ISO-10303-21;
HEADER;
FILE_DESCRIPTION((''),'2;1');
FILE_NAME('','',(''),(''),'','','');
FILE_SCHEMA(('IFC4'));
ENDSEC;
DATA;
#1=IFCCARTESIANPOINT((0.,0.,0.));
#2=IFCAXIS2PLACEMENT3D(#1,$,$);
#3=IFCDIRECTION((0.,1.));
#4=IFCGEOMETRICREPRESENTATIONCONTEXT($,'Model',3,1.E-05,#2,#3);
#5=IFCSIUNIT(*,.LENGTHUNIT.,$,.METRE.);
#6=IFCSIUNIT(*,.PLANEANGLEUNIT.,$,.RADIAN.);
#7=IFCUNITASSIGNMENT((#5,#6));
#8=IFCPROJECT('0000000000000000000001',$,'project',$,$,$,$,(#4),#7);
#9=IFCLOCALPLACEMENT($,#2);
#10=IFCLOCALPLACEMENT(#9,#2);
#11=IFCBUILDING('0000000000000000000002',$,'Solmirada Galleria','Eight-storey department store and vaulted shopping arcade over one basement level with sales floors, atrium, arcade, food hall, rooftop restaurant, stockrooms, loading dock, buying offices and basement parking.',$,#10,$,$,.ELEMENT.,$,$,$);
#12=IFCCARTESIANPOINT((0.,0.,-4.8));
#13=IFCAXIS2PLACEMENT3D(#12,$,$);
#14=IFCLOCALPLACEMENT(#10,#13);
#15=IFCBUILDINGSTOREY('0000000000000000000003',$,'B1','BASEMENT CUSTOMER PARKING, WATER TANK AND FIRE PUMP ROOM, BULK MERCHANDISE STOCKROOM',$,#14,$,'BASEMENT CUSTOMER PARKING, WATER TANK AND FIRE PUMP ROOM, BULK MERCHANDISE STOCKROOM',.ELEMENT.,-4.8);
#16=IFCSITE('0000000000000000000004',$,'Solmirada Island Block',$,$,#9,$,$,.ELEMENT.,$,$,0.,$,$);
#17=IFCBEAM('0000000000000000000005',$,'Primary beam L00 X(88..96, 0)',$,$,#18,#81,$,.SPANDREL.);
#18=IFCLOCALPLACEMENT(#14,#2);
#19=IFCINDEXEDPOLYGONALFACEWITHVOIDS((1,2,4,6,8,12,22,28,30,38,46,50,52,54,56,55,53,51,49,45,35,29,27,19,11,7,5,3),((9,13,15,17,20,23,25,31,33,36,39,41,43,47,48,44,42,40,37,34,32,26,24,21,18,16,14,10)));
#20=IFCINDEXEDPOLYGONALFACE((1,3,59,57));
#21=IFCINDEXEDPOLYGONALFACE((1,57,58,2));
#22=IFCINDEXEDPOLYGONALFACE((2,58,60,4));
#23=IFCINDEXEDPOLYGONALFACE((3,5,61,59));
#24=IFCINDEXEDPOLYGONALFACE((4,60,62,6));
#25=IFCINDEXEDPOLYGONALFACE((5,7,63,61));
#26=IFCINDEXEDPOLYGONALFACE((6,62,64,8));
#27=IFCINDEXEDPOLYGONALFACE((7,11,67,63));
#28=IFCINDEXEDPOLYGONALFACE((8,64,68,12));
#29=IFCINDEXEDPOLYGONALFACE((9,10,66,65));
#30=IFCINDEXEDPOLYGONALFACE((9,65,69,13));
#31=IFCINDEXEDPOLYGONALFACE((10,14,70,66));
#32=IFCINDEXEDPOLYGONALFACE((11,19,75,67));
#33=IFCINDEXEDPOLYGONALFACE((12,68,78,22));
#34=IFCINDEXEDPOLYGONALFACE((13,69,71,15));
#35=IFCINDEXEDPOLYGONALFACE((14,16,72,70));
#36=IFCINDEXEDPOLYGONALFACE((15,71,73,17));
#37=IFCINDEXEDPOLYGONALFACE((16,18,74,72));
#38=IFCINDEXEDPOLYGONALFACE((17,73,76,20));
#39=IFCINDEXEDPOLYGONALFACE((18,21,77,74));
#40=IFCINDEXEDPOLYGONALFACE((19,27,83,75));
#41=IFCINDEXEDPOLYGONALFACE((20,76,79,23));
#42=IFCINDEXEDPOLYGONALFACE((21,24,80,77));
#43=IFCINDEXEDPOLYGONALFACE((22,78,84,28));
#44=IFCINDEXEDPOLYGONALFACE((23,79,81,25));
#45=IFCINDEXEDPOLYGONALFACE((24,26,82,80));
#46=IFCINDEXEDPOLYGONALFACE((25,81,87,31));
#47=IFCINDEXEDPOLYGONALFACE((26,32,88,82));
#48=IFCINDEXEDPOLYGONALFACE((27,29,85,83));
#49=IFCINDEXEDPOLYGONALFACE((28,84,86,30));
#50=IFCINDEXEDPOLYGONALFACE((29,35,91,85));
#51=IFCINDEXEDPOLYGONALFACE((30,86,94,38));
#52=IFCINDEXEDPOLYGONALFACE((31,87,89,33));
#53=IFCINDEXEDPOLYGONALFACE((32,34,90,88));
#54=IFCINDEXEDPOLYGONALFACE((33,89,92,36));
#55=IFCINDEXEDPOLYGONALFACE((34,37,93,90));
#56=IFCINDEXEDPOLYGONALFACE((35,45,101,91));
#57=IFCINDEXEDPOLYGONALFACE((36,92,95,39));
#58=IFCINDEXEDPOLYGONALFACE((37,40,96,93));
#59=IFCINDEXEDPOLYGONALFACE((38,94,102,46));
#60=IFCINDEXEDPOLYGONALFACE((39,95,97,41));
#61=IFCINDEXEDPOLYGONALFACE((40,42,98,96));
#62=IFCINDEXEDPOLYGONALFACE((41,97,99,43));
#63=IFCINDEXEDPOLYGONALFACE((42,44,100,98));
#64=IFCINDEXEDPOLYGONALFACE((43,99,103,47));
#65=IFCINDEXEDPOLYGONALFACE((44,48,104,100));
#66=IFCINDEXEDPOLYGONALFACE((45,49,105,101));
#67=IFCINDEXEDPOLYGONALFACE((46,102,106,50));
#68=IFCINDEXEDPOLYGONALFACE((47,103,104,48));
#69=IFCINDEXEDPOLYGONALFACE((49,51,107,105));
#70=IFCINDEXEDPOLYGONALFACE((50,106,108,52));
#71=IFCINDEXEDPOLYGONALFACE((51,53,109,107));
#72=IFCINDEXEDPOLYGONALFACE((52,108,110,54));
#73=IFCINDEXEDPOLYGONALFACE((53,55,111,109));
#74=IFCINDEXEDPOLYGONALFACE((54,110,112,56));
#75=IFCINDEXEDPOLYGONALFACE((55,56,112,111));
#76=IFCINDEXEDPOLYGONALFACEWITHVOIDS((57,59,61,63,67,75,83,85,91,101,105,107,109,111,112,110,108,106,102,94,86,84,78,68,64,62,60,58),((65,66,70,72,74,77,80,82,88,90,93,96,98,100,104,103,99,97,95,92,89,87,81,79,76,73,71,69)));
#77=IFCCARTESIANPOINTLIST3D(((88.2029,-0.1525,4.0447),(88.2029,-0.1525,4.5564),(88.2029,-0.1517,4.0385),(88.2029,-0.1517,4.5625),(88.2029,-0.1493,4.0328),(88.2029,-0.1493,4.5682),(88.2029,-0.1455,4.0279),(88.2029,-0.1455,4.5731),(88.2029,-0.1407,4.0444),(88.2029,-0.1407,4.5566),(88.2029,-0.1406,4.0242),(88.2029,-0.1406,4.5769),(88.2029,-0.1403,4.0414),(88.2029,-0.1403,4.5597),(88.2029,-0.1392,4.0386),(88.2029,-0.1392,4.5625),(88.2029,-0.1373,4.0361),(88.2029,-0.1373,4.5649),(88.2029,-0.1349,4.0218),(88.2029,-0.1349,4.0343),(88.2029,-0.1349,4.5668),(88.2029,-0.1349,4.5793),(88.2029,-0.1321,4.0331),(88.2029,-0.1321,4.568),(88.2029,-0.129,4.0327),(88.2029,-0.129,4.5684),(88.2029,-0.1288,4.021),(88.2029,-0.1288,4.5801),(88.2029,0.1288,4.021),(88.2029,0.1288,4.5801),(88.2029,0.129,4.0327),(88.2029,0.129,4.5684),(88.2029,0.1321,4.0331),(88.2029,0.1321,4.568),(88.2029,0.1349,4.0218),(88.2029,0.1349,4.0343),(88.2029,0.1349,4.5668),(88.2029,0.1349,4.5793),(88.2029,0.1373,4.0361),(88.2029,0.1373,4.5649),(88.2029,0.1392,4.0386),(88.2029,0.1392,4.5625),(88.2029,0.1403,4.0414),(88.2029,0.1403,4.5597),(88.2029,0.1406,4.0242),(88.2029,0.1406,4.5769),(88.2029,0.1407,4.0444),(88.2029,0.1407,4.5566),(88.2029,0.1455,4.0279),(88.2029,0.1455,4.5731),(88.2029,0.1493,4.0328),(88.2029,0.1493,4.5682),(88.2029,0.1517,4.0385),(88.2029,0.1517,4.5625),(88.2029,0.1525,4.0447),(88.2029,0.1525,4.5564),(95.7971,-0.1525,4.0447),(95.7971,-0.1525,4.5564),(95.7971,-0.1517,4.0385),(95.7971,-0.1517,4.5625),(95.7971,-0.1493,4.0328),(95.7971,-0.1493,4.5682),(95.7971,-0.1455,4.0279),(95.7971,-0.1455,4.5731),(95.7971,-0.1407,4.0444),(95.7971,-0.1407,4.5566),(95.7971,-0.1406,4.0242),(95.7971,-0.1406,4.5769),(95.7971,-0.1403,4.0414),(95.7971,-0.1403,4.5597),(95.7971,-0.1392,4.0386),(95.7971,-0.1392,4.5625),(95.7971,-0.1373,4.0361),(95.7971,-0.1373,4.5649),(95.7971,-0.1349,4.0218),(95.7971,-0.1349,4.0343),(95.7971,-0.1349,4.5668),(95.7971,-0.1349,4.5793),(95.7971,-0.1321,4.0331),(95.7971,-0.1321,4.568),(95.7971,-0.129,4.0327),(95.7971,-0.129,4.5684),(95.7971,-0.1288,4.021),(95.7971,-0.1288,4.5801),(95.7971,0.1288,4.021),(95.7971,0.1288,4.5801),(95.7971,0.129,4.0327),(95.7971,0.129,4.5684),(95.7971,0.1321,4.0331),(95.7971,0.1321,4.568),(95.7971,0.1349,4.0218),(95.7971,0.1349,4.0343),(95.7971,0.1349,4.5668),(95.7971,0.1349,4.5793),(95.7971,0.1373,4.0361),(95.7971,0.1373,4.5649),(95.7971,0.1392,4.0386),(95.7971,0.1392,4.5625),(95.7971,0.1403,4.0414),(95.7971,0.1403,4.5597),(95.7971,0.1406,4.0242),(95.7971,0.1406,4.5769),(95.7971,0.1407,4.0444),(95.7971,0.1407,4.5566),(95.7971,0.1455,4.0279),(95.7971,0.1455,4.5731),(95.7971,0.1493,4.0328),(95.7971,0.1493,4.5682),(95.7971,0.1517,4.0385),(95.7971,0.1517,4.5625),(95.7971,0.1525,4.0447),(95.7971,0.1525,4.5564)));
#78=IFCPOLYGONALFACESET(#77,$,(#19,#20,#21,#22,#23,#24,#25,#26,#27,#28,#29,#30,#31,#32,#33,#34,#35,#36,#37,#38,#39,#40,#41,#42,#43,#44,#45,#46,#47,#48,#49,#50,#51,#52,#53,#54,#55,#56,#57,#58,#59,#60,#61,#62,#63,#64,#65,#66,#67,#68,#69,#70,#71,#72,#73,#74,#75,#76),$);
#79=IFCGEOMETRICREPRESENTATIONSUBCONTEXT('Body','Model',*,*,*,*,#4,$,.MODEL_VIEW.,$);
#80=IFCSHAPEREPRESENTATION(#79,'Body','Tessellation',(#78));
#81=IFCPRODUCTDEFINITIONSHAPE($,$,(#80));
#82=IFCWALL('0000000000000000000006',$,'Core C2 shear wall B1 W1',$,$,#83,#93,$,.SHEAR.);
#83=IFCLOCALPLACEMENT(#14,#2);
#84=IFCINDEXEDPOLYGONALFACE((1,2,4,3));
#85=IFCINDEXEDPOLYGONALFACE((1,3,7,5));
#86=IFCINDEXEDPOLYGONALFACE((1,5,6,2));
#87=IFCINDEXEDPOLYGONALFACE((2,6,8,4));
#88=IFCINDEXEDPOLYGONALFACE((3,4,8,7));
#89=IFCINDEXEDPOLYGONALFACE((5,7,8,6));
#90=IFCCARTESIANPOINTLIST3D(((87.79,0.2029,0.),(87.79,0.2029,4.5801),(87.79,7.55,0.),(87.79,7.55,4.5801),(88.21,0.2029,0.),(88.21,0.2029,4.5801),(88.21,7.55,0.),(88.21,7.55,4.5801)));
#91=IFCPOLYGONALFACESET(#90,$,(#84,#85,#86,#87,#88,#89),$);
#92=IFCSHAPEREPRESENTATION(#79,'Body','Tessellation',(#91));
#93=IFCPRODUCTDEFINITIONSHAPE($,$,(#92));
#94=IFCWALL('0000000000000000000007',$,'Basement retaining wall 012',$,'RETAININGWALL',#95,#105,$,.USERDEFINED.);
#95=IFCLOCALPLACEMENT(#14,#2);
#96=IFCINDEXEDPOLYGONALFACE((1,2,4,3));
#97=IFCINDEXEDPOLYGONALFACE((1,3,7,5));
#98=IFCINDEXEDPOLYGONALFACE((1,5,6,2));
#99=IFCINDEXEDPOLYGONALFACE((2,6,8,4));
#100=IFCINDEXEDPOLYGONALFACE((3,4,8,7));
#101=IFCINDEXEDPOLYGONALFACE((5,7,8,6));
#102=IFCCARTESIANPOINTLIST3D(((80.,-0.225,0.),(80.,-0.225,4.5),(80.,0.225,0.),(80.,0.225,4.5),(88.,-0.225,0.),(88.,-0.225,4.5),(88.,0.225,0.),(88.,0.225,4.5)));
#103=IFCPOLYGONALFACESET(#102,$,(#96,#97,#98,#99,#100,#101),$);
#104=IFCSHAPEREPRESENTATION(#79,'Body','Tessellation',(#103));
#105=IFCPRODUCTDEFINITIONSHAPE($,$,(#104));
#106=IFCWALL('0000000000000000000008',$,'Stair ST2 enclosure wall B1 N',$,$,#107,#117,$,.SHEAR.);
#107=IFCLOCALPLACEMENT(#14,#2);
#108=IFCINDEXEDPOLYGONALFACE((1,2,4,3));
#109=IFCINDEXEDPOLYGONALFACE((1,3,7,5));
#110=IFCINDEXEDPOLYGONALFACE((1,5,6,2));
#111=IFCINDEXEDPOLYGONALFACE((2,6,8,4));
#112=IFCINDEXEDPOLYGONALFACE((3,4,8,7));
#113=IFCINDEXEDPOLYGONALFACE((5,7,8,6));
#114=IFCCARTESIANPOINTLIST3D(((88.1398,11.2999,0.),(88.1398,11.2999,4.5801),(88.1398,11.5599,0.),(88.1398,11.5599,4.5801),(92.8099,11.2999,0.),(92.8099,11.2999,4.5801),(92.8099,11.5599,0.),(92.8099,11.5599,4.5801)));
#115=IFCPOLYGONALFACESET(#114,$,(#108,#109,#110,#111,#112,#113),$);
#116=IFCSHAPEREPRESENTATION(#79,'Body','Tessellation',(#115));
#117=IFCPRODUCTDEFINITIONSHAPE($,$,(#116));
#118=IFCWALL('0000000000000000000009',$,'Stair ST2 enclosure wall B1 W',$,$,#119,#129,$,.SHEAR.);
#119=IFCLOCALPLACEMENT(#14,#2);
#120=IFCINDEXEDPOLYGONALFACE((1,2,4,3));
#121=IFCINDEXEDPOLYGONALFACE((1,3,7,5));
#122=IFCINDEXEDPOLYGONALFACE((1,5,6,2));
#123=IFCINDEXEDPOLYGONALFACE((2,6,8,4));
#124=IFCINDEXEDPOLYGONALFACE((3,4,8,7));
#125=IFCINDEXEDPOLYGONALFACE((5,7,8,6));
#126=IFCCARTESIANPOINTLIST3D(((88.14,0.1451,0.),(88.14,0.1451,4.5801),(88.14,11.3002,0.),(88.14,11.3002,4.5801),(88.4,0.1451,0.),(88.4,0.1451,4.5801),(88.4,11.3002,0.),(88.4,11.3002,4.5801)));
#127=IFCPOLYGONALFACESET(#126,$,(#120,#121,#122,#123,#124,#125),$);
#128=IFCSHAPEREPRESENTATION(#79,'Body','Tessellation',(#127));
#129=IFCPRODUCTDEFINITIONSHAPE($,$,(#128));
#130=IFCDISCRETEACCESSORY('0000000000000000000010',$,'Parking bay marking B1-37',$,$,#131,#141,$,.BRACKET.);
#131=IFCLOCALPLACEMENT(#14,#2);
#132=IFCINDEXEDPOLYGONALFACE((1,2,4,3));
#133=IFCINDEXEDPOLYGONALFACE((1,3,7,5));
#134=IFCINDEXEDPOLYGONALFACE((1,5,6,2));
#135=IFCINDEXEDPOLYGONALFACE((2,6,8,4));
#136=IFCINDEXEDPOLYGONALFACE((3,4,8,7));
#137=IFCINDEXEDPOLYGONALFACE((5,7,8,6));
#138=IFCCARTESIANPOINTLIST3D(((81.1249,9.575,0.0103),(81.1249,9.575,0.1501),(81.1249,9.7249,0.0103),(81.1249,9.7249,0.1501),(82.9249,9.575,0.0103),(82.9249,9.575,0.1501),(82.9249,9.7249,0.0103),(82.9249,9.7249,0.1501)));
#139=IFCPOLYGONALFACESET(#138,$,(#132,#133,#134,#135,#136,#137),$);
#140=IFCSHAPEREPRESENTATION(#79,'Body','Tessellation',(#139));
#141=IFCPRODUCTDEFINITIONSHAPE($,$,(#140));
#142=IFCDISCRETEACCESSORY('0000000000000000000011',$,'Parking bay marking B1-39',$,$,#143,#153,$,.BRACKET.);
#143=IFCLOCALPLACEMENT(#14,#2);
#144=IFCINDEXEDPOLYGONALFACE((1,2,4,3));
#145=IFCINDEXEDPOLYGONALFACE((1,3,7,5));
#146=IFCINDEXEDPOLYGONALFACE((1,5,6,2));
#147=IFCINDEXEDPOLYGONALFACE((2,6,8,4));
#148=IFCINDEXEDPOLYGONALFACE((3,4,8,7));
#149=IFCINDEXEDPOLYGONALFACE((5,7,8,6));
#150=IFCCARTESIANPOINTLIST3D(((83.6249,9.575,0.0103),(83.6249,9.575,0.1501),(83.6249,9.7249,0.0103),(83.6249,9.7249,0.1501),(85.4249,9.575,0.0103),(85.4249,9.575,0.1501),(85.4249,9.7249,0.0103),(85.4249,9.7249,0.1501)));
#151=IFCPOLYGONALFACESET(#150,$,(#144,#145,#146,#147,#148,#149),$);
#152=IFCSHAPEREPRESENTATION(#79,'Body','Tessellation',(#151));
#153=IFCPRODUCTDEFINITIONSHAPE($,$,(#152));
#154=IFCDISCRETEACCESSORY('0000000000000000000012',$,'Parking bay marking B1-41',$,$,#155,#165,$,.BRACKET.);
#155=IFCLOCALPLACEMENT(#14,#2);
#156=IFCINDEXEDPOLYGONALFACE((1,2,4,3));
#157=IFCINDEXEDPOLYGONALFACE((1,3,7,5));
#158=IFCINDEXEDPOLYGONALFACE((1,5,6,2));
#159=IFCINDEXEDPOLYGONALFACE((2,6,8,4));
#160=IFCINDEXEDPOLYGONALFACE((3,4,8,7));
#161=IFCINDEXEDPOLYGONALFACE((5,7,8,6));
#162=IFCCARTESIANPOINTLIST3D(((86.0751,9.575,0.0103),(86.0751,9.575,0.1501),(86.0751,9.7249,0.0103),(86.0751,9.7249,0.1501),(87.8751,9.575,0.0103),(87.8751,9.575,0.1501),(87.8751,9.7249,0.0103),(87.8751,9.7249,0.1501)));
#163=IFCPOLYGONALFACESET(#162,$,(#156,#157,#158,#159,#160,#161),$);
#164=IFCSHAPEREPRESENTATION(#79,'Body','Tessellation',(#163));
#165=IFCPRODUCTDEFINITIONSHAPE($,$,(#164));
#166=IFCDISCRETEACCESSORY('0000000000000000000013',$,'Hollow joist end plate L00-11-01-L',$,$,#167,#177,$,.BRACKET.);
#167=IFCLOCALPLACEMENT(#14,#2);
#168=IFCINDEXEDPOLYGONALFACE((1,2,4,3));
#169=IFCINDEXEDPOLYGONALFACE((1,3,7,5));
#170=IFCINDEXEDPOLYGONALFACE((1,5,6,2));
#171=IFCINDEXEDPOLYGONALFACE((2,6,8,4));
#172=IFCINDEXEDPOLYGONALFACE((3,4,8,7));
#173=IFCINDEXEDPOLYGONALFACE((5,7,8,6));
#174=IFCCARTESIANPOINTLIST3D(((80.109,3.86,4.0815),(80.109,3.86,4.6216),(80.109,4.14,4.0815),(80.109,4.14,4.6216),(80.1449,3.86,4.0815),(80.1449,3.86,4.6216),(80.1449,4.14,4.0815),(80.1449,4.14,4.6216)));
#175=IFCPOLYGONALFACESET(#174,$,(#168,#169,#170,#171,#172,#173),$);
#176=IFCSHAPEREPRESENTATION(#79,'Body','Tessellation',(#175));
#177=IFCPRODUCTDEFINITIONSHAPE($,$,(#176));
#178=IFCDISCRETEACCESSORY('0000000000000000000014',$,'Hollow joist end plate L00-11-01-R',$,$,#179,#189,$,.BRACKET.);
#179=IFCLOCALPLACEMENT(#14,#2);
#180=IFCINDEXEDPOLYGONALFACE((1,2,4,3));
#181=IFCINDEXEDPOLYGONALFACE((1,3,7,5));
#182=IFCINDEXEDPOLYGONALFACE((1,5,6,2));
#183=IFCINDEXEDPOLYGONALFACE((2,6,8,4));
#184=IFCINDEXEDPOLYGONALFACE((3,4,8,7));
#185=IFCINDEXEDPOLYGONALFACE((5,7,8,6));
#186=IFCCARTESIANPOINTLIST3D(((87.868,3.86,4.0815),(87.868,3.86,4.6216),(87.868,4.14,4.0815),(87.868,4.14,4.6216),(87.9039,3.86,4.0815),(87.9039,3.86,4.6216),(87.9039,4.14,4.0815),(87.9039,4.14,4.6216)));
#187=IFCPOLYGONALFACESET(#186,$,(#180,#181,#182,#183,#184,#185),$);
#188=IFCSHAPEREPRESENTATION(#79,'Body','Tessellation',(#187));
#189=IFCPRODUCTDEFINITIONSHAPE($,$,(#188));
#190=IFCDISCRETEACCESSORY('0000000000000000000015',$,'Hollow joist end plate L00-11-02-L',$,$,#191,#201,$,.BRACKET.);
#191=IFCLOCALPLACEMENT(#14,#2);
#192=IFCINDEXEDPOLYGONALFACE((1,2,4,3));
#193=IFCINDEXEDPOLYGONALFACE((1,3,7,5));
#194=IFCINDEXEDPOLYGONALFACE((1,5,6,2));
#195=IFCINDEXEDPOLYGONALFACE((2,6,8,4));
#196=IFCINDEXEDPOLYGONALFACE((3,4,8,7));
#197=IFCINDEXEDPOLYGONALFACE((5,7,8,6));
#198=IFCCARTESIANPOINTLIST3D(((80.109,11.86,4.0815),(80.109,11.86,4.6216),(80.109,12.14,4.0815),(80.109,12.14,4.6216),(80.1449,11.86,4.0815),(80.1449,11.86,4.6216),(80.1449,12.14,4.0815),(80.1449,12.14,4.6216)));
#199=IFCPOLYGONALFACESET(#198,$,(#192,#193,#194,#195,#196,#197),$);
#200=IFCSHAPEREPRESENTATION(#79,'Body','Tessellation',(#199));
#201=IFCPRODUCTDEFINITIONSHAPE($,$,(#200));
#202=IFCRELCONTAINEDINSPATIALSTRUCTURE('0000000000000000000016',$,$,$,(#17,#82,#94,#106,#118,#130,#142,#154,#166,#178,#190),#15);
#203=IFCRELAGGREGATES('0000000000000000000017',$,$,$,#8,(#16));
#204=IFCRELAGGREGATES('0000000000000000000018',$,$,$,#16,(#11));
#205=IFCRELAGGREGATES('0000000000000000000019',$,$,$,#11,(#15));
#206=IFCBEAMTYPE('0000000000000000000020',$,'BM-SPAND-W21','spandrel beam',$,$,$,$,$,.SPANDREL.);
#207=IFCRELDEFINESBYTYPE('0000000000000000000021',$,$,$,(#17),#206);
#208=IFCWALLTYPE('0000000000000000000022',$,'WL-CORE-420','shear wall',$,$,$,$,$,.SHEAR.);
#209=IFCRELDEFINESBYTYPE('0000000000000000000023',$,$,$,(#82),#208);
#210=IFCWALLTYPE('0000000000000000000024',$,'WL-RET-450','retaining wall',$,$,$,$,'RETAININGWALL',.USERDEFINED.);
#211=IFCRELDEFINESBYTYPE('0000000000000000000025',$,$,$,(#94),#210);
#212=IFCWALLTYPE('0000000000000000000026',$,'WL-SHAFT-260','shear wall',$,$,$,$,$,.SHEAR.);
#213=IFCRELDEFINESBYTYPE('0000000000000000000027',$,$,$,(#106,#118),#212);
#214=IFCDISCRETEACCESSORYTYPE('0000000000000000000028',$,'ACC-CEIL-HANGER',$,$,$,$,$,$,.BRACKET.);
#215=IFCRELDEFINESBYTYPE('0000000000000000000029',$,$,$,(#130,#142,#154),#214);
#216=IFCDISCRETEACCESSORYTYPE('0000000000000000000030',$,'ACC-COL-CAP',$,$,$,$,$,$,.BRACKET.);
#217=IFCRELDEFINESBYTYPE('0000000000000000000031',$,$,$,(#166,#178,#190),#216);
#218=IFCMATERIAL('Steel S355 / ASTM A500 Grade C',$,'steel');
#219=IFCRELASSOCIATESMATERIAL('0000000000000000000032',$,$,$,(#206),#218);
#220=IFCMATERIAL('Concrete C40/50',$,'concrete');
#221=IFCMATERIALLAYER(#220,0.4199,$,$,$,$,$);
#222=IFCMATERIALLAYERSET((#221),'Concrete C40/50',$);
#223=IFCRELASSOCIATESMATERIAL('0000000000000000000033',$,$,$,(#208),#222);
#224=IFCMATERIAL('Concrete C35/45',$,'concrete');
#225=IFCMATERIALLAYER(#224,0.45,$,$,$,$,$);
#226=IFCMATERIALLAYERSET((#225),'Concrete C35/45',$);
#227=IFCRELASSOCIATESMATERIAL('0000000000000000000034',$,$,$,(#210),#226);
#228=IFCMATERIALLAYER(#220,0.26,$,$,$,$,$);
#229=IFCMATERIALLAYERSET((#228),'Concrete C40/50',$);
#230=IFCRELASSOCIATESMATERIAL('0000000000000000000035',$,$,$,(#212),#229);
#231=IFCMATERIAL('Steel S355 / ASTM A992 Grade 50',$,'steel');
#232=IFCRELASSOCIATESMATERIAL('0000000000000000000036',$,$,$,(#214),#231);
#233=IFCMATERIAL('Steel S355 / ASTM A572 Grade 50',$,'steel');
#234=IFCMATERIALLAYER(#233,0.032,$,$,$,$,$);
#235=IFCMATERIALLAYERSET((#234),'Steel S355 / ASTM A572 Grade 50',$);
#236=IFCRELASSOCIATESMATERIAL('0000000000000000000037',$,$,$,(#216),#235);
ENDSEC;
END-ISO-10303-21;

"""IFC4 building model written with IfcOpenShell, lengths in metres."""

from ifc_helpers import new_model, si_unit, direction, frame, frame_2d, origin, origin_2d, place, context, subcontext, project, spatial, rectangle, hollow_rectangle, extrude, material, layer, layer_set, material_profile, profile_set, type_object, element, save


model = new_model("IFC4")

# Units and contexts
model_context = context("Model", 3, precision=1e-05, world=origin(), true_north=direction((0.0, 1.0)))
body_context = subcontext(model_context, "Body", "Model", "MODEL_VIEW")
ifc_project = project(units=[si_unit("LENGTHUNIT", "METRE"), si_unit("PLANEANGLEUNIT", "RADIAN")], contexts=[model_context])

# Site, building, storey
site_placement = place(None, origin())
site = spatial("IfcSite", under=ifc_project, at=site_placement, Name="Solmirada Island Block", CompositionType="ELEMENT", RefElevation=0.0)
building_placement = place(site_placement, origin())
building = spatial("IfcBuilding", under=site, at=building_placement, Name="Solmirada Galleria", Description="Eight-storey department store and vaulted shopping arcade over one basement level with sales floors, atrium, arcade, food hall, rooftop restaurant, stockrooms, loading dock, buying offices and basement parking.", CompositionType="ELEMENT")
storey_placement = place(building_placement, frame((0.0, 0.0, -4.8)))
storey = spatial("IfcBuildingStorey", under=building, at=storey_placement, Name="B1", Description="BASEMENT CUSTOMER PARKING, WATER TANK AND FIRE PUMP ROOM, BULK MERCHANDISE STOCKROOM", LongName="BASEMENT CUSTOMER PARKING, WATER TANK AND FIRE PUMP ROOM, BULK MERCHANDISE STOCKROOM", CompositionType="ELEMENT", Elevation=-4.8)

# Shared definitions
ifc_material_1 = material(Name="Concrete C40/50", Category="concrete")

# Shared definitions
ifc_material_2 = material(Name="Steel S355 / ASTM A500 Grade C", Category="steel")

# Beam
ifc_material_3 = material(Name="Steel S355 / ASTM A992 Grade 50", Category="steel")
ifc_material_profile_1 = material_profile(ifc_material_2, hollow_rectangle(XDim=0.3049, YDim=0.5591, WallThickness=0.0117, InnerFilletRadius=0.0117, OuterFilletRadius=0.0237, at=origin_2d()), Name="HSS22X12X1/2")
ifc_profile_set_1 = profile_set([ifc_material_profile_1], Name="Steel S355 / ASTM A500 Grade C")
beam_type_1 = type_object("IfcBeamType", Name="BM-SPAND-W21", Description="spandrel beam", PredefinedType="SPANDREL", material=ifc_profile_set_1)
for number, where, z_axis, x_axis, name in (
    (1, (88.2029, 0.0, 4.3005), (1.0, 0.0, 0.0), (0.0, 1.0, 0.0), "Primary beam L00 X(88..96, 0)"),
):
    element("IfcBeam", number, at=place(storey_placement, frame(where, z_axis=z_axis, x_axis=x_axis)), inside=storey, type_object=beam_type_1, Name=name, PredefinedType="SPANDREL", context=body_context, shape_type="SweptSolid", body=[
        extrude(hollow_rectangle(XDim=0.3049, YDim=0.5591, WallThickness=0.0117, InnerFilletRadius=0.0117, OuterFilletRadius=0.0237, at=origin_2d()), origin(), (0.0, 0.0, 1.0), 7.5942),
    ])

# Wall
ifc_layer_1 = layer(ifc_material_1, 0.4199)
ifc_layer_set_1 = layer_set([ifc_layer_1], Name="Concrete C40/50")
wall_type_1 = type_object("IfcWallType", Name="WL-CORE-420", Description="shear wall", PredefinedType="SHEAR", material=ifc_layer_set_1)
wall_1_placement = place(storey_placement, frame((88.0, 0.2029, 0.0), z_axis=(0.0, 0.0, 1.0), x_axis=(0.0, 1.0, 0.0)))
element("IfcWall", 2, at=wall_1_placement, inside=storey, type_object=wall_type_1, Name="Core C2 shear wall B1 W1", PredefinedType="SHEAR", context=body_context, shape_type="SweptSolid", body=[
    extrude(rectangle(XDim=7.3472, YDim=0.4199, at=frame_2d((3.6736, 0.0))), origin(), (0.0, 0.0, 1.0), 4.5801),
])

# Walls
ifc_material_4 = material(Name="Concrete C35/45", Category="concrete")
ifc_layer_2 = layer(ifc_material_4, 0.45)
ifc_layer_set_2 = layer_set([ifc_layer_2], Name="Concrete C35/45")
wall_type_2 = type_object("IfcWallType", Name="WL-RET-450", Description="retaining wall", ElementType="RETAININGWALL", PredefinedType="USERDEFINED", material=ifc_layer_set_2)
wall_2_placement = place(storey_placement, frame((88.0, 0.0, 0.0), z_axis=(0.0, 0.0, 1.0), x_axis=(-1.0, 0.0, 0.0)))
element("IfcWall", 3, at=wall_2_placement, inside=storey, type_object=wall_type_2, Name="Basement retaining wall 012", ObjectType="RETAININGWALL", PredefinedType="USERDEFINED", context=body_context, shape_type="SweptSolid", body=[
    extrude(rectangle(XDim=8.0, YDim=0.45, at=frame_2d((4.0, 0.0))), origin(), (0.0, 0.0, 1.0), 4.5),
])
ifc_layer_3 = layer(ifc_material_1, 0.26)
ifc_layer_set_3 = layer_set([ifc_layer_3], Name="Concrete C40/50")
wall_type_3 = type_object("IfcWallType", Name="WL-SHAFT-260", Description="shear wall", PredefinedType="SHEAR", material=ifc_layer_set_3)
wall_3_placement = place(storey_placement, frame((88.1399, 11.4299, 0.0), z_axis=(0.0, 0.0, 1.0), x_axis=(1.0, 0.0, 0.0)))
element("IfcWall", 4, at=wall_3_placement, inside=storey, type_object=wall_type_3, Name="Stair ST2 enclosure wall B1 N", PredefinedType="SHEAR", context=body_context, shape_type="SweptSolid", body=[
    extrude(rectangle(XDim=4.6702, YDim=0.26, at=frame_2d((2.335, 0.0))), origin(), (0.0, 0.0, 1.0), 4.5801),
])
wall_4_placement = place(storey_placement, frame((88.27, 0.145, 0.0), z_axis=(0.0, 0.0, 1.0), x_axis=(0.0, 1.0, 0.0)))
element("IfcWall", 5, at=wall_4_placement, inside=storey, type_object=wall_type_3, Name="Stair ST2 enclosure wall B1 W", PredefinedType="SHEAR", context=body_context, shape_type="SweptSolid", body=[
    extrude(rectangle(XDim=11.155, YDim=0.26, at=frame_2d((5.5776, 0.0))), origin(), (0.0, 0.0, 1.0), 4.5801),
])

# Discrete accessories
discrete_accessory_type_1 = type_object("IfcDiscreteAccessoryType", Name="ACC-CEIL-HANGER", PredefinedType="BRACKET", material=ifc_material_3)
for number, where, z_axis, x_axis, name in (
    (6, (82.0249, 9.6499, 0.0103), (0.0, 0.0, 1.0), (1.0, 0.0, 0.0), "Parking bay marking B1-37"),
    (7, (84.5249, 9.6499, 0.0103), (0.0, 0.0, 1.0), (1.0, 0.0, 0.0), "Parking bay marking B1-39"),
    (8, (86.9751, 9.6499, 0.0103), (0.0, 0.0, 1.0), (1.0, 0.0, 0.0), "Parking bay marking B1-41"),
):
    element("IfcDiscreteAccessory", number, at=place(storey_placement, frame(where, z_axis=z_axis, x_axis=x_axis)), inside=storey, type_object=discrete_accessory_type_1, Name=name, PredefinedType="BRACKET", context=body_context, shape_type="SweptSolid", body=[
        extrude(rectangle(XDim=1.8, YDim=0.1499, at=origin_2d()), origin(), (0.0, 0.0, 1.0), 0.1399),
    ])
ifc_material_5 = material(Name="Steel S355 / ASTM A572 Grade 50", Category="steel")
ifc_layer_4 = layer(ifc_material_5, 0.032)
ifc_layer_set_4 = layer_set([ifc_layer_4], Name="Steel S355 / ASTM A572 Grade 50")
discrete_accessory_type_2 = type_object("IfcDiscreteAccessoryType", Name="ACC-COL-CAP", PredefinedType="BRACKET", material=ifc_layer_set_4)
for number, where, z_axis, x_axis, name in (
    (9, (80.127, 4.0, 4.0815), (0.0, 0.0, 1.0), (1.0, 0.0, 0.0), "Hollow joist end plate L00-11-01-L"),
    (10, (87.886, 4.0, 4.0815), (0.0, 0.0, 1.0), (1.0, 0.0, 0.0), "Hollow joist end plate L00-11-01-R"),
    (11, (80.127, 12.0, 4.0815), (0.0, 0.0, 1.0), (1.0, 0.0, 0.0), "Hollow joist end plate L00-11-02-L"),
):
    element("IfcDiscreteAccessory", number, at=place(storey_placement, frame(where, z_axis=z_axis, x_axis=x_axis)), inside=storey, type_object=discrete_accessory_type_2, Name=name, PredefinedType="BRACKET", context=body_context, shape_type="SweptSolid", body=[
        extrude(rectangle(XDim=0.0359, YDim=0.28, at=origin_2d()), origin(), (0.0, 0.0, 1.0), 0.54),
    ])

save(model, "model.ifc")
